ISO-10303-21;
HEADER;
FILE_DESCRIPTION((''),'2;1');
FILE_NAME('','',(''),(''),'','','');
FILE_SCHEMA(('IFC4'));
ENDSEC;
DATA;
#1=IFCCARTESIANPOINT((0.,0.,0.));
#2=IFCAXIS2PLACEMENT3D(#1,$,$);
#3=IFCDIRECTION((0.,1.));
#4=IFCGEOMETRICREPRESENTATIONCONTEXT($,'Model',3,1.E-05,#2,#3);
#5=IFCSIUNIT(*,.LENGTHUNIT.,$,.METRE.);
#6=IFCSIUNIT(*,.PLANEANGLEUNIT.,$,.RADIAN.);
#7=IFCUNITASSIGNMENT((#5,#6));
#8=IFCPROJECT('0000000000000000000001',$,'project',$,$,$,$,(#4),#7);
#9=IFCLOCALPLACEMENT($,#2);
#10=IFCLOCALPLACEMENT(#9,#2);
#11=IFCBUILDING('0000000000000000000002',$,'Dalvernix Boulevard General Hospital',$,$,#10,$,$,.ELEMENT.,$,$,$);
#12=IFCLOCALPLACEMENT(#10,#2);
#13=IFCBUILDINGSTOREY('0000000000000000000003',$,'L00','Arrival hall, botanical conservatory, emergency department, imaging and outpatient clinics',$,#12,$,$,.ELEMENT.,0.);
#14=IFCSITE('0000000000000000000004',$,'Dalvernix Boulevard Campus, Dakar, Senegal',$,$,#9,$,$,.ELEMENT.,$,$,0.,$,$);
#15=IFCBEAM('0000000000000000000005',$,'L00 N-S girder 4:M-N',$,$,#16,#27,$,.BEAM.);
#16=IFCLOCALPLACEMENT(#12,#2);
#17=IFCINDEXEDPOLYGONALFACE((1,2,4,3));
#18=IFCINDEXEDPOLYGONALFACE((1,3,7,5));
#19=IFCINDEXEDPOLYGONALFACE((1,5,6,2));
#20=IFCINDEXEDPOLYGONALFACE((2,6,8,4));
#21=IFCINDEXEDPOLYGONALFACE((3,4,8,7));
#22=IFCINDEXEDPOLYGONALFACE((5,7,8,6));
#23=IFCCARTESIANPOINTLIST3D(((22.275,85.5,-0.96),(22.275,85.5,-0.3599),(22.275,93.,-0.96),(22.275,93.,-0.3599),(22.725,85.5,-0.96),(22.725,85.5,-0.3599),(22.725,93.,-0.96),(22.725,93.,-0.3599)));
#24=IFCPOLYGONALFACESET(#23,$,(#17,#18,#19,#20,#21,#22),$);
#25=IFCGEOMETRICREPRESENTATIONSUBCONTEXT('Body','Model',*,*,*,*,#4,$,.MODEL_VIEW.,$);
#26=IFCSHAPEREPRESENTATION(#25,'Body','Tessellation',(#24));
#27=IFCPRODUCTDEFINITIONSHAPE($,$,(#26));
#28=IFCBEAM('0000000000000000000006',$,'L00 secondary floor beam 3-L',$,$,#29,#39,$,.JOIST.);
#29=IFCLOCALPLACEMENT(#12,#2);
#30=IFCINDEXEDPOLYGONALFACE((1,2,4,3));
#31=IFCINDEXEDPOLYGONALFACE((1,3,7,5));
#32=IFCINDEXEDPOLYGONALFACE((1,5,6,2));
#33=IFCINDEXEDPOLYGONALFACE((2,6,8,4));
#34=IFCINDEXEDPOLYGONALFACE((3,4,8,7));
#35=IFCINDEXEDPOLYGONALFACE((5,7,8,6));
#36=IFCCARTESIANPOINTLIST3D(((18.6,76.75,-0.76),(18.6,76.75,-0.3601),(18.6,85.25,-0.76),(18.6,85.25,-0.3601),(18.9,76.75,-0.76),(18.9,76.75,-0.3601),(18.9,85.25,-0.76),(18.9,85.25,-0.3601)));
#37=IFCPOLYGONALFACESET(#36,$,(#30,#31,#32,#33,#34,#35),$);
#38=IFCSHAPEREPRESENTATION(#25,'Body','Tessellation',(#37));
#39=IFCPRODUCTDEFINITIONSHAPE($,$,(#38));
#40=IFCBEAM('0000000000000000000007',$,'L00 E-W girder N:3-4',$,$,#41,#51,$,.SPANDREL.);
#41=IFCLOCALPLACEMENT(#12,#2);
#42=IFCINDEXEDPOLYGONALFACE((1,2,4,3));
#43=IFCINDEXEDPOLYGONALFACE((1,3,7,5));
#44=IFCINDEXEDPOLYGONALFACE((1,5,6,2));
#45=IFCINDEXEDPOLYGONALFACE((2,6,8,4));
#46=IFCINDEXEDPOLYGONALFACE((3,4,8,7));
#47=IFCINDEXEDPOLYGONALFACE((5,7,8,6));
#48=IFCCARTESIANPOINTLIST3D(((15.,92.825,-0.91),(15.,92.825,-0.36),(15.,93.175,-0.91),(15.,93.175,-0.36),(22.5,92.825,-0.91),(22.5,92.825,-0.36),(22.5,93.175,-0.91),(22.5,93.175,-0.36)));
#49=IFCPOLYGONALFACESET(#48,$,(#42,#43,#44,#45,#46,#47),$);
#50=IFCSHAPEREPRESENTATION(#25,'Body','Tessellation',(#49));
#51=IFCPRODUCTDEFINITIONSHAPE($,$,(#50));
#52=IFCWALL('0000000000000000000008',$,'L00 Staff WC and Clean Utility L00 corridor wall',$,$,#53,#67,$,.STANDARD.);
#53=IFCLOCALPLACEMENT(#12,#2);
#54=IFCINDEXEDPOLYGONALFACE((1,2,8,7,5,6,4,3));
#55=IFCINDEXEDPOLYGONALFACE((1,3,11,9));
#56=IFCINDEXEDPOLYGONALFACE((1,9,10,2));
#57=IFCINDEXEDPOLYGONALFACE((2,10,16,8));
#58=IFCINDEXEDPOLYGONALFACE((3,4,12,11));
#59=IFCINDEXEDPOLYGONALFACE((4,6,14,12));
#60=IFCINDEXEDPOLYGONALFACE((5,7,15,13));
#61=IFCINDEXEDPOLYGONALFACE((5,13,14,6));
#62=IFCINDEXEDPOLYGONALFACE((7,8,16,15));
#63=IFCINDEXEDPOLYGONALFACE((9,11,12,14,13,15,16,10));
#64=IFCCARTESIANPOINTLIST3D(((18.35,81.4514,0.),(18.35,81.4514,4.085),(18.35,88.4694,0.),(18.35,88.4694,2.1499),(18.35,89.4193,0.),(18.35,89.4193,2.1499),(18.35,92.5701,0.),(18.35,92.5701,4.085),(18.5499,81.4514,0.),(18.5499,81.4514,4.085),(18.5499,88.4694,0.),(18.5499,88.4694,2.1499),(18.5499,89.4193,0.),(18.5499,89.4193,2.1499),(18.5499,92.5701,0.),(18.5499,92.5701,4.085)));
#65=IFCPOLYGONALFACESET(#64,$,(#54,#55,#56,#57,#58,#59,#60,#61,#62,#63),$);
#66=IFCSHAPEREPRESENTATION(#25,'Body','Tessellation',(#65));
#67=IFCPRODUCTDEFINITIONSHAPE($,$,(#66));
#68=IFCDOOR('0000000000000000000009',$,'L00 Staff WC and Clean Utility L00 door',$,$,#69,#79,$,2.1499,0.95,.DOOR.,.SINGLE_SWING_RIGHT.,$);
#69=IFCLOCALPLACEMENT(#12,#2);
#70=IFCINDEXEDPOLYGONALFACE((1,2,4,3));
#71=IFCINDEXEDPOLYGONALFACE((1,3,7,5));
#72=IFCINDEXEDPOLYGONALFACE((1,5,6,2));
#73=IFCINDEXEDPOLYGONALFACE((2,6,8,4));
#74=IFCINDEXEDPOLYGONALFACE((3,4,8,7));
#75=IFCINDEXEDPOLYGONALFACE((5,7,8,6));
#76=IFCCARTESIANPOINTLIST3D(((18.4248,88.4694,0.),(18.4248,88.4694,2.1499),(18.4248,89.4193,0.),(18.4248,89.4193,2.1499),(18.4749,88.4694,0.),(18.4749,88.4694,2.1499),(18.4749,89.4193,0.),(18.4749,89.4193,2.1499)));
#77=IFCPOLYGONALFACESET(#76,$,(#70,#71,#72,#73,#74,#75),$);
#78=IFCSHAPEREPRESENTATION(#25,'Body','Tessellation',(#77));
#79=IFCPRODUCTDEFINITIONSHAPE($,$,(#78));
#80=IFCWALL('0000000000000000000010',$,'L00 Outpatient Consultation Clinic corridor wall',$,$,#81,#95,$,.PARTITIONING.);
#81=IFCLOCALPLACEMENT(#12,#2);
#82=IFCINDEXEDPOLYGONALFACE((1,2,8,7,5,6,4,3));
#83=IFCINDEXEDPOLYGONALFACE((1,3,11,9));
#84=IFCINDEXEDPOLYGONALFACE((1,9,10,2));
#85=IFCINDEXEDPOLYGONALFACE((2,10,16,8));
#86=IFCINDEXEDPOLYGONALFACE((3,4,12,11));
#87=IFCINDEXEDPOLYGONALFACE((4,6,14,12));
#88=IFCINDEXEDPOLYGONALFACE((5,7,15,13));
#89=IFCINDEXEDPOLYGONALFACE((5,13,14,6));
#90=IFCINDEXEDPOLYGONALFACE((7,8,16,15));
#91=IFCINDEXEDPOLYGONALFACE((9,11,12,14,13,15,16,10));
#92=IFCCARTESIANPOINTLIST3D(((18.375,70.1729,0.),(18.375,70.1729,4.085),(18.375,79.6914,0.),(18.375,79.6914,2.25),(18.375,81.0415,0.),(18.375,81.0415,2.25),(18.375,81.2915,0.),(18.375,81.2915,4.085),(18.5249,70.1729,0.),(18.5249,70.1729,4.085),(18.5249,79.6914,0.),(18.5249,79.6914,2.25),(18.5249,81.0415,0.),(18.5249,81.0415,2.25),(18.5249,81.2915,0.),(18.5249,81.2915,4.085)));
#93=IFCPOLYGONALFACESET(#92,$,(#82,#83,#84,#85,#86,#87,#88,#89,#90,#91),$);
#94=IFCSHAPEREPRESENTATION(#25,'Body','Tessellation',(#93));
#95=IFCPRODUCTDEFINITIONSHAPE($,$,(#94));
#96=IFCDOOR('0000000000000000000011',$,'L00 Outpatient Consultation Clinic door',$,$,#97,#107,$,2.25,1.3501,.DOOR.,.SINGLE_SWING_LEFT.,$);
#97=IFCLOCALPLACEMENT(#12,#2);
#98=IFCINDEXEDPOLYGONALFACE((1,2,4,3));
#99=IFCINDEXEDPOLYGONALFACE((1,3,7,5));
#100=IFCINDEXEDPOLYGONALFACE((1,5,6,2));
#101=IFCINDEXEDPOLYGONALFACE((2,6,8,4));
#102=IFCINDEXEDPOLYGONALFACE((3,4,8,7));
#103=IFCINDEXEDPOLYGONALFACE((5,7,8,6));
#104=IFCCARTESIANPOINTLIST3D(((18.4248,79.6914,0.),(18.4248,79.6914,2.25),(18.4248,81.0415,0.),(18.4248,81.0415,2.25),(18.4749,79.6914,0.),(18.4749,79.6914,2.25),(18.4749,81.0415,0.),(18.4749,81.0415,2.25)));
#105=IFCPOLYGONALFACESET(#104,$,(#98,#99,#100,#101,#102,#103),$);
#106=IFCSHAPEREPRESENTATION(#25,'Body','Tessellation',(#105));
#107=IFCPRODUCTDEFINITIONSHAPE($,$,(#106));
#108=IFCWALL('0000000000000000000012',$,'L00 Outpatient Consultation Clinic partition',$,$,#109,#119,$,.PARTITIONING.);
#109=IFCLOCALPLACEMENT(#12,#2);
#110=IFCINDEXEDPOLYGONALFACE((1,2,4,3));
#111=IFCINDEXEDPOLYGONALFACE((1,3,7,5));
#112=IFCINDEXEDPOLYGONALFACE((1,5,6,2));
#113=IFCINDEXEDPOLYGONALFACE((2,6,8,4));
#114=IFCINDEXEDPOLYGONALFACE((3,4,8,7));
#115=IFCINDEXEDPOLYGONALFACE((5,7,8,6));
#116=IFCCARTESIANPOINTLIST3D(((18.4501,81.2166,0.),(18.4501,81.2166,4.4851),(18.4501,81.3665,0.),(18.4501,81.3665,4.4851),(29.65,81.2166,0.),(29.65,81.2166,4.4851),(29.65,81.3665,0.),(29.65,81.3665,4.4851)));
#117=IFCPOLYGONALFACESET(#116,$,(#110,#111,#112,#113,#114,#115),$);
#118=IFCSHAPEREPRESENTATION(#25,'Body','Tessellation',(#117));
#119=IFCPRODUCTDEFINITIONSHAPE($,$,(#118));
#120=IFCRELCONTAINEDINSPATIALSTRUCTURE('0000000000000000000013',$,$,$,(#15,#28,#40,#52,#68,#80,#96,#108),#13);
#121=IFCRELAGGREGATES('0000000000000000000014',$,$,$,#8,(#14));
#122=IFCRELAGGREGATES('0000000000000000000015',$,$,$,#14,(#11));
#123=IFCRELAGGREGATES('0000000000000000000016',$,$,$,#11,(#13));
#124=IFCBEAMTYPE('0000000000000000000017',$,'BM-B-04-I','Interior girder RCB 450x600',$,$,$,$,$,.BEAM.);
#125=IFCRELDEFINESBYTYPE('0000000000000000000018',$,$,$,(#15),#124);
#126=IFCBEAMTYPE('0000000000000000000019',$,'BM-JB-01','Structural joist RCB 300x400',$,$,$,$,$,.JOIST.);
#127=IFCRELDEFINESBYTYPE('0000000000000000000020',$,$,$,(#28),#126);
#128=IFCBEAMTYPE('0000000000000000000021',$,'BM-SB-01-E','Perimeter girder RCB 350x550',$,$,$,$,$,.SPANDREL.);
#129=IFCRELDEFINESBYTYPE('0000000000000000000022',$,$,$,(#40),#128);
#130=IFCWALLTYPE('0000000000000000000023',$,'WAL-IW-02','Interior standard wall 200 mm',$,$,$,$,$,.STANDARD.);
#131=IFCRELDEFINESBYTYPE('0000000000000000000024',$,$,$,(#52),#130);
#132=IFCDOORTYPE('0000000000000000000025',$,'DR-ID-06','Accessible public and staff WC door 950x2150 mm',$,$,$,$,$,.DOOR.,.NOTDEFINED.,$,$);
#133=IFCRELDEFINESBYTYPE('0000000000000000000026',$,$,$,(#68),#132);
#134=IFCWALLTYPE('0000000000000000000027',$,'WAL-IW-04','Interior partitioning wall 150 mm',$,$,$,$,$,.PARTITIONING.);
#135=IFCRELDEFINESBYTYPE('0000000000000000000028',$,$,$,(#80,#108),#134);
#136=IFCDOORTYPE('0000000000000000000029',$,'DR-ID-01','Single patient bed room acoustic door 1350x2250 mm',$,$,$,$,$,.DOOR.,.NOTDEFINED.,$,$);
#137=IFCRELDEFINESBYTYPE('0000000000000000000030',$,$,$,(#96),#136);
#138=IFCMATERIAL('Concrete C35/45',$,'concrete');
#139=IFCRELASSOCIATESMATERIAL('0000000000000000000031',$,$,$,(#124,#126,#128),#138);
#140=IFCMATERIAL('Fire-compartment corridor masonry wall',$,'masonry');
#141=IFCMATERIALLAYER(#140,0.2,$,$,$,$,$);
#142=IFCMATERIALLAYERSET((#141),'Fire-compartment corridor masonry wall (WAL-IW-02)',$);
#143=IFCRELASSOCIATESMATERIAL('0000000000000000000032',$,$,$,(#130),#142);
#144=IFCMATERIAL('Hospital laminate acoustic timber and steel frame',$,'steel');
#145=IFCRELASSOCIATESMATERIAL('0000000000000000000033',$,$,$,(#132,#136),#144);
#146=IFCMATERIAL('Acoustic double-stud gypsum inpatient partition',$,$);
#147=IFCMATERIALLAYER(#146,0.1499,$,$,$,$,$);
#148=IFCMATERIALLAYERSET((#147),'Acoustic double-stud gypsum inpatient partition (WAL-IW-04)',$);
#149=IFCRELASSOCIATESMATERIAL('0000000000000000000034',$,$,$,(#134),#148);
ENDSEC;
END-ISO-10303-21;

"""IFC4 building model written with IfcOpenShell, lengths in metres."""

from ifc_helpers import new_model, si_unit, direction, frame, frame_2d, origin, origin_2d, place, context, subcontext, project, spatial, rectangle, extrude, material, layer, layer_set, material_profile, profile_set, type_object, element, fill, save


model = new_model("IFC4")

# Units and contexts
model_context = context("Model", 3, precision=1e-05, world=origin(), true_north=direction((0.0, 1.0)))
body_context = subcontext(model_context, "Body", "Model", "MODEL_VIEW")
ifc_project = project(units=[si_unit("LENGTHUNIT", "METRE"), si_unit("PLANEANGLEUNIT", "RADIAN")], contexts=[model_context])

# Site, building, storey
site_placement = place(None, origin())
site = spatial("IfcSite", under=ifc_project, at=site_placement, Name="Dalvernix Boulevard Campus, Dakar, Senegal", CompositionType="ELEMENT", RefElevation=0.0)
building_placement = place(site_placement, origin())
building = spatial("IfcBuilding", under=site, at=building_placement, Name="Dalvernix Boulevard General Hospital", CompositionType="ELEMENT")
storey_placement = place(building_placement, origin())
storey = spatial("IfcBuildingStorey", under=building, at=storey_placement, Name="L00", Description="Arrival hall, botanical conservatory, emergency department, imaging and outpatient clinics", CompositionType="ELEMENT", Elevation=0.0)

# Beams
ifc_material_1 = material(Name="Concrete C35/45", Category="concrete")
ifc_material_profile_1 = material_profile(ifc_material_1, rectangle(XDim=0.45, YDim=0.6001, at=origin_2d()), Name="RCB 450x600")
ifc_profile_set_1 = profile_set([ifc_material_profile_1], Name="Concrete C35/45")
beam_type_1 = type_object("IfcBeamType", Name="BM-B-04-I", Description="Interior girder RCB 450x600", PredefinedType="BEAM", material=ifc_profile_set_1)
for number, where, z_axis, x_axis, name in (
    (1, (22.5, 85.5, -0.6599), (0.0, 1.0, 0.0), (-1.0, 0.0, 0.0), "L00 N-S girder 4:M-N"),
):
    element("IfcBeam", number, at=place(storey_placement, frame(where, z_axis=z_axis, x_axis=x_axis)), inside=storey, type_object=beam_type_1, Name=name, PredefinedType="BEAM", context=body_context, shape_type="SweptSolid", body=[
        extrude(rectangle(XDim=0.45, YDim=0.6001, at=origin_2d()), origin(), (0.0, 0.0, 1.0), 7.5),
    ])
ifc_material_profile_2 = material_profile(ifc_material_1, rectangle(XDim=0.3, YDim=0.3999, at=origin_2d()), Name="RCB 300x400")
ifc_profile_set_2 = profile_set([ifc_material_profile_2], Name="Concrete C35/45")
beam_type_2 = type_object("IfcBeamType", Name="BM-JB-01", Description="Structural joist RCB 300x400", PredefinedType="JOIST", material=ifc_profile_set_2)
beam_1_placement = place(storey_placement, frame((18.75, 76.75, -0.5601), z_axis=(0.0, 1.0, 0.0), x_axis=(-1.0, 0.0, 0.0)))
element("IfcBeam", 2, at=beam_1_placement, inside=storey, type_object=beam_type_2, Name="L00 secondary floor beam 3-L", PredefinedType="JOIST", context=body_context, shape_type="SweptSolid", body=[
    extrude(rectangle(XDim=0.3, YDim=0.3999, at=origin_2d()), origin(), (0.0, 0.0, 1.0), 8.5),
])
ifc_material_profile_3 = material_profile(ifc_material_1, rectangle(XDim=0.3501, YDim=0.55, at=origin_2d()), Name="RCB 350x550")
ifc_profile_set_3 = profile_set([ifc_material_profile_3], Name="Concrete C35/45")
beam_type_3 = type_object("IfcBeamType", Name="BM-SB-01-E", Description="Perimeter girder RCB 350x550", PredefinedType="SPANDREL", material=ifc_profile_set_3)
beam_2_placement = place(storey_placement, frame((15.0, 93.0, -0.635), z_axis=(1.0, 0.0, 0.0), x_axis=(0.0, 1.0, 0.0)))
element("IfcBeam", 3, at=beam_2_placement, inside=storey, type_object=beam_type_3, Name="L00 E-W girder N:3-4", PredefinedType="SPANDREL", context=body_context, shape_type="SweptSolid", body=[
    extrude(rectangle(XDim=0.3501, YDim=0.55, at=origin_2d()), origin(), (0.0, 0.0, 1.0), 7.5),
])

# Walls, openings, doors
ifc_material_2 = material(Name="Fire-compartment corridor masonry wall", Category="masonry")
ifc_layer_1 = layer(ifc_material_2, 0.2)
ifc_layer_set_1 = layer_set([ifc_layer_1], Name="Fire-compartment corridor masonry wall (WAL-IW-02)")
wall_type_1 = type_object("IfcWallType", Name="WAL-IW-02", Description="Interior standard wall 200 mm", PredefinedType="STANDARD", material=ifc_layer_set_1)
wall_1_placement = place(storey_placement, frame((18.45, 92.5701, 0.0), z_axis=(0.0, 0.0, 1.0), x_axis=(0.0, -1.0, 0.0)))
wall_1 = element("IfcWall", 4, at=wall_1_placement, inside=storey, type_object=wall_type_1, Name="L00 Staff WC and Clean Utility L00 corridor wall", PredefinedType="STANDARD", context=body_context, shape_type="SweptSolid", body=[
    extrude(rectangle(XDim=11.1187, YDim=0.2, at=frame_2d((5.5593, 0.0))), origin(), (0.0, 0.0, 1.0), 4.085),
])
opening_1_placement = place(wall_1_placement, frame((3.1506, 0.0, 0.0)))
opening_1 = element("IfcOpeningElement", 5, at=opening_1_placement, cuts=wall_1, PredefinedType="OPENING", context=body_context, shape_type="SweptSolid", body=[
    extrude(rectangle(XDim=0.95, YDim=2.1499, at=frame_2d((0.4751, 1.075))), frame((0.0, 0.1099, 0.0), z_axis=(0.0, -1.0, 0.0), x_axis=(1.0, 0.0, 0.0)), (0.0, 0.0, 1.0), 0.22),
])
ifc_material_3 = material(Name="Hospital laminate acoustic timber and steel frame", Category="steel")
door_type_1 = type_object("IfcDoorType", Name="DR-ID-06", Description="Accessible public and staff WC door 950x2150 mm", OperationType="NOTDEFINED", PredefinedType="DOOR", material=ifc_material_3)
door_1_placement = place(opening_1_placement, origin())
door_1 = element("IfcDoor", 6, at=door_1_placement, inside=storey, type_object=door_type_1, Name="L00 Staff WC and Clean Utility L00 door", OperationType="SINGLE_SWING_RIGHT", OverallHeight=2.1499, OverallWidth=0.95, PredefinedType="DOOR", context=body_context, shape_type="SweptSolid", body=[
    extrude(rectangle(XDim=0.95, YDim=2.1499, at=frame_2d((0.4751, 1.075))), frame((0.0, 0.0249, 0.0), z_axis=(0.0, -1.0, 0.0), x_axis=(1.0, 0.0, 0.0)), (0.0, 0.0, 1.0), 0.05),
])
fill(opening_1, door_1)
ifc_material_4 = material(Name="Acoustic double-stud gypsum inpatient partition")
ifc_layer_2 = layer(ifc_material_4, 0.1499)
ifc_layer_set_2 = layer_set([ifc_layer_2], Name="Acoustic double-stud gypsum inpatient partition (WAL-IW-04)")
wall_type_2 = type_object("IfcWallType", Name="WAL-IW-04", Description="Interior partitioning wall 150 mm", PredefinedType="PARTITIONING", material=ifc_layer_set_2)
wall_2_placement = place(storey_placement, frame((18.45, 81.2915, 0.0), z_axis=(0.0, 0.0, 1.0), x_axis=(0.0, -1.0, 0.0)))
wall_2 = element("IfcWall", 7, at=wall_2_placement, inside=storey, type_object=wall_type_2, Name="L00 Outpatient Consultation Clinic corridor wall", PredefinedType="PARTITIONING", context=body_context, shape_type="SweptSolid", body=[
    extrude(rectangle(XDim=11.1187, YDim=0.1499, at=frame_2d((5.5593, 0.0))), origin(), (0.0, 0.0, 1.0), 4.085),
])
opening_2_placement = place(wall_2_placement, frame((0.25, 0.0, 0.0)))
opening_2 = element("IfcOpeningElement", 8, at=opening_2_placement, cuts=wall_2, PredefinedType="OPENING", context=body_context, shape_type="SweptSolid", body=[
    extrude(rectangle(XDim=1.3501, YDim=2.25, at=frame_2d((0.675, 1.125))), frame((0.0, 0.085, 0.0), z_axis=(0.0, -1.0, 0.0), x_axis=(1.0, 0.0, 0.0)), (0.0, 0.0, 1.0), 0.1699),
])
door_type_2 = type_object("IfcDoorType", Name="DR-ID-01", Description="Single patient bed room acoustic door 1350x2250 mm", OperationType="NOTDEFINED", PredefinedType="DOOR", material=ifc_material_3)
door_2_placement = place(opening_2_placement, origin())
door_2 = element("IfcDoor", 9, at=door_2_placement, inside=storey, type_object=door_type_2, Name="L00 Outpatient Consultation Clinic door", OperationType="SINGLE_SWING_LEFT", OverallHeight=2.25, OverallWidth=1.3501, PredefinedType="DOOR", context=body_context, shape_type="SweptSolid", body=[
    extrude(rectangle(XDim=1.3501, YDim=2.25, at=frame_2d((0.675, 1.125))), frame((0.0, 0.0249, 0.0), z_axis=(0.0, -1.0, 0.0), x_axis=(1.0, 0.0, 0.0)), (0.0, 0.0, 1.0), 0.05),
])
fill(opening_2, door_2)

# Wall
wall_3_placement = place(storey_placement, frame((18.45, 81.2915, 0.0), z_axis=(0.0, 0.0, 1.0), x_axis=(1.0, 0.0, 0.0)))
element("IfcWall", 10, at=wall_3_placement, inside=storey, type_object=wall_type_2, Name="L00 Outpatient Consultation Clinic partition", PredefinedType="PARTITIONING", context=body_context, shape_type="SweptSolid", body=[
    extrude(rectangle(XDim=11.2, YDim=0.1499, at=frame_2d((5.6001, 0.0))), origin(), (0.0, 0.0, 1.0), 4.4851),
])

save(model, "model.ifc")
